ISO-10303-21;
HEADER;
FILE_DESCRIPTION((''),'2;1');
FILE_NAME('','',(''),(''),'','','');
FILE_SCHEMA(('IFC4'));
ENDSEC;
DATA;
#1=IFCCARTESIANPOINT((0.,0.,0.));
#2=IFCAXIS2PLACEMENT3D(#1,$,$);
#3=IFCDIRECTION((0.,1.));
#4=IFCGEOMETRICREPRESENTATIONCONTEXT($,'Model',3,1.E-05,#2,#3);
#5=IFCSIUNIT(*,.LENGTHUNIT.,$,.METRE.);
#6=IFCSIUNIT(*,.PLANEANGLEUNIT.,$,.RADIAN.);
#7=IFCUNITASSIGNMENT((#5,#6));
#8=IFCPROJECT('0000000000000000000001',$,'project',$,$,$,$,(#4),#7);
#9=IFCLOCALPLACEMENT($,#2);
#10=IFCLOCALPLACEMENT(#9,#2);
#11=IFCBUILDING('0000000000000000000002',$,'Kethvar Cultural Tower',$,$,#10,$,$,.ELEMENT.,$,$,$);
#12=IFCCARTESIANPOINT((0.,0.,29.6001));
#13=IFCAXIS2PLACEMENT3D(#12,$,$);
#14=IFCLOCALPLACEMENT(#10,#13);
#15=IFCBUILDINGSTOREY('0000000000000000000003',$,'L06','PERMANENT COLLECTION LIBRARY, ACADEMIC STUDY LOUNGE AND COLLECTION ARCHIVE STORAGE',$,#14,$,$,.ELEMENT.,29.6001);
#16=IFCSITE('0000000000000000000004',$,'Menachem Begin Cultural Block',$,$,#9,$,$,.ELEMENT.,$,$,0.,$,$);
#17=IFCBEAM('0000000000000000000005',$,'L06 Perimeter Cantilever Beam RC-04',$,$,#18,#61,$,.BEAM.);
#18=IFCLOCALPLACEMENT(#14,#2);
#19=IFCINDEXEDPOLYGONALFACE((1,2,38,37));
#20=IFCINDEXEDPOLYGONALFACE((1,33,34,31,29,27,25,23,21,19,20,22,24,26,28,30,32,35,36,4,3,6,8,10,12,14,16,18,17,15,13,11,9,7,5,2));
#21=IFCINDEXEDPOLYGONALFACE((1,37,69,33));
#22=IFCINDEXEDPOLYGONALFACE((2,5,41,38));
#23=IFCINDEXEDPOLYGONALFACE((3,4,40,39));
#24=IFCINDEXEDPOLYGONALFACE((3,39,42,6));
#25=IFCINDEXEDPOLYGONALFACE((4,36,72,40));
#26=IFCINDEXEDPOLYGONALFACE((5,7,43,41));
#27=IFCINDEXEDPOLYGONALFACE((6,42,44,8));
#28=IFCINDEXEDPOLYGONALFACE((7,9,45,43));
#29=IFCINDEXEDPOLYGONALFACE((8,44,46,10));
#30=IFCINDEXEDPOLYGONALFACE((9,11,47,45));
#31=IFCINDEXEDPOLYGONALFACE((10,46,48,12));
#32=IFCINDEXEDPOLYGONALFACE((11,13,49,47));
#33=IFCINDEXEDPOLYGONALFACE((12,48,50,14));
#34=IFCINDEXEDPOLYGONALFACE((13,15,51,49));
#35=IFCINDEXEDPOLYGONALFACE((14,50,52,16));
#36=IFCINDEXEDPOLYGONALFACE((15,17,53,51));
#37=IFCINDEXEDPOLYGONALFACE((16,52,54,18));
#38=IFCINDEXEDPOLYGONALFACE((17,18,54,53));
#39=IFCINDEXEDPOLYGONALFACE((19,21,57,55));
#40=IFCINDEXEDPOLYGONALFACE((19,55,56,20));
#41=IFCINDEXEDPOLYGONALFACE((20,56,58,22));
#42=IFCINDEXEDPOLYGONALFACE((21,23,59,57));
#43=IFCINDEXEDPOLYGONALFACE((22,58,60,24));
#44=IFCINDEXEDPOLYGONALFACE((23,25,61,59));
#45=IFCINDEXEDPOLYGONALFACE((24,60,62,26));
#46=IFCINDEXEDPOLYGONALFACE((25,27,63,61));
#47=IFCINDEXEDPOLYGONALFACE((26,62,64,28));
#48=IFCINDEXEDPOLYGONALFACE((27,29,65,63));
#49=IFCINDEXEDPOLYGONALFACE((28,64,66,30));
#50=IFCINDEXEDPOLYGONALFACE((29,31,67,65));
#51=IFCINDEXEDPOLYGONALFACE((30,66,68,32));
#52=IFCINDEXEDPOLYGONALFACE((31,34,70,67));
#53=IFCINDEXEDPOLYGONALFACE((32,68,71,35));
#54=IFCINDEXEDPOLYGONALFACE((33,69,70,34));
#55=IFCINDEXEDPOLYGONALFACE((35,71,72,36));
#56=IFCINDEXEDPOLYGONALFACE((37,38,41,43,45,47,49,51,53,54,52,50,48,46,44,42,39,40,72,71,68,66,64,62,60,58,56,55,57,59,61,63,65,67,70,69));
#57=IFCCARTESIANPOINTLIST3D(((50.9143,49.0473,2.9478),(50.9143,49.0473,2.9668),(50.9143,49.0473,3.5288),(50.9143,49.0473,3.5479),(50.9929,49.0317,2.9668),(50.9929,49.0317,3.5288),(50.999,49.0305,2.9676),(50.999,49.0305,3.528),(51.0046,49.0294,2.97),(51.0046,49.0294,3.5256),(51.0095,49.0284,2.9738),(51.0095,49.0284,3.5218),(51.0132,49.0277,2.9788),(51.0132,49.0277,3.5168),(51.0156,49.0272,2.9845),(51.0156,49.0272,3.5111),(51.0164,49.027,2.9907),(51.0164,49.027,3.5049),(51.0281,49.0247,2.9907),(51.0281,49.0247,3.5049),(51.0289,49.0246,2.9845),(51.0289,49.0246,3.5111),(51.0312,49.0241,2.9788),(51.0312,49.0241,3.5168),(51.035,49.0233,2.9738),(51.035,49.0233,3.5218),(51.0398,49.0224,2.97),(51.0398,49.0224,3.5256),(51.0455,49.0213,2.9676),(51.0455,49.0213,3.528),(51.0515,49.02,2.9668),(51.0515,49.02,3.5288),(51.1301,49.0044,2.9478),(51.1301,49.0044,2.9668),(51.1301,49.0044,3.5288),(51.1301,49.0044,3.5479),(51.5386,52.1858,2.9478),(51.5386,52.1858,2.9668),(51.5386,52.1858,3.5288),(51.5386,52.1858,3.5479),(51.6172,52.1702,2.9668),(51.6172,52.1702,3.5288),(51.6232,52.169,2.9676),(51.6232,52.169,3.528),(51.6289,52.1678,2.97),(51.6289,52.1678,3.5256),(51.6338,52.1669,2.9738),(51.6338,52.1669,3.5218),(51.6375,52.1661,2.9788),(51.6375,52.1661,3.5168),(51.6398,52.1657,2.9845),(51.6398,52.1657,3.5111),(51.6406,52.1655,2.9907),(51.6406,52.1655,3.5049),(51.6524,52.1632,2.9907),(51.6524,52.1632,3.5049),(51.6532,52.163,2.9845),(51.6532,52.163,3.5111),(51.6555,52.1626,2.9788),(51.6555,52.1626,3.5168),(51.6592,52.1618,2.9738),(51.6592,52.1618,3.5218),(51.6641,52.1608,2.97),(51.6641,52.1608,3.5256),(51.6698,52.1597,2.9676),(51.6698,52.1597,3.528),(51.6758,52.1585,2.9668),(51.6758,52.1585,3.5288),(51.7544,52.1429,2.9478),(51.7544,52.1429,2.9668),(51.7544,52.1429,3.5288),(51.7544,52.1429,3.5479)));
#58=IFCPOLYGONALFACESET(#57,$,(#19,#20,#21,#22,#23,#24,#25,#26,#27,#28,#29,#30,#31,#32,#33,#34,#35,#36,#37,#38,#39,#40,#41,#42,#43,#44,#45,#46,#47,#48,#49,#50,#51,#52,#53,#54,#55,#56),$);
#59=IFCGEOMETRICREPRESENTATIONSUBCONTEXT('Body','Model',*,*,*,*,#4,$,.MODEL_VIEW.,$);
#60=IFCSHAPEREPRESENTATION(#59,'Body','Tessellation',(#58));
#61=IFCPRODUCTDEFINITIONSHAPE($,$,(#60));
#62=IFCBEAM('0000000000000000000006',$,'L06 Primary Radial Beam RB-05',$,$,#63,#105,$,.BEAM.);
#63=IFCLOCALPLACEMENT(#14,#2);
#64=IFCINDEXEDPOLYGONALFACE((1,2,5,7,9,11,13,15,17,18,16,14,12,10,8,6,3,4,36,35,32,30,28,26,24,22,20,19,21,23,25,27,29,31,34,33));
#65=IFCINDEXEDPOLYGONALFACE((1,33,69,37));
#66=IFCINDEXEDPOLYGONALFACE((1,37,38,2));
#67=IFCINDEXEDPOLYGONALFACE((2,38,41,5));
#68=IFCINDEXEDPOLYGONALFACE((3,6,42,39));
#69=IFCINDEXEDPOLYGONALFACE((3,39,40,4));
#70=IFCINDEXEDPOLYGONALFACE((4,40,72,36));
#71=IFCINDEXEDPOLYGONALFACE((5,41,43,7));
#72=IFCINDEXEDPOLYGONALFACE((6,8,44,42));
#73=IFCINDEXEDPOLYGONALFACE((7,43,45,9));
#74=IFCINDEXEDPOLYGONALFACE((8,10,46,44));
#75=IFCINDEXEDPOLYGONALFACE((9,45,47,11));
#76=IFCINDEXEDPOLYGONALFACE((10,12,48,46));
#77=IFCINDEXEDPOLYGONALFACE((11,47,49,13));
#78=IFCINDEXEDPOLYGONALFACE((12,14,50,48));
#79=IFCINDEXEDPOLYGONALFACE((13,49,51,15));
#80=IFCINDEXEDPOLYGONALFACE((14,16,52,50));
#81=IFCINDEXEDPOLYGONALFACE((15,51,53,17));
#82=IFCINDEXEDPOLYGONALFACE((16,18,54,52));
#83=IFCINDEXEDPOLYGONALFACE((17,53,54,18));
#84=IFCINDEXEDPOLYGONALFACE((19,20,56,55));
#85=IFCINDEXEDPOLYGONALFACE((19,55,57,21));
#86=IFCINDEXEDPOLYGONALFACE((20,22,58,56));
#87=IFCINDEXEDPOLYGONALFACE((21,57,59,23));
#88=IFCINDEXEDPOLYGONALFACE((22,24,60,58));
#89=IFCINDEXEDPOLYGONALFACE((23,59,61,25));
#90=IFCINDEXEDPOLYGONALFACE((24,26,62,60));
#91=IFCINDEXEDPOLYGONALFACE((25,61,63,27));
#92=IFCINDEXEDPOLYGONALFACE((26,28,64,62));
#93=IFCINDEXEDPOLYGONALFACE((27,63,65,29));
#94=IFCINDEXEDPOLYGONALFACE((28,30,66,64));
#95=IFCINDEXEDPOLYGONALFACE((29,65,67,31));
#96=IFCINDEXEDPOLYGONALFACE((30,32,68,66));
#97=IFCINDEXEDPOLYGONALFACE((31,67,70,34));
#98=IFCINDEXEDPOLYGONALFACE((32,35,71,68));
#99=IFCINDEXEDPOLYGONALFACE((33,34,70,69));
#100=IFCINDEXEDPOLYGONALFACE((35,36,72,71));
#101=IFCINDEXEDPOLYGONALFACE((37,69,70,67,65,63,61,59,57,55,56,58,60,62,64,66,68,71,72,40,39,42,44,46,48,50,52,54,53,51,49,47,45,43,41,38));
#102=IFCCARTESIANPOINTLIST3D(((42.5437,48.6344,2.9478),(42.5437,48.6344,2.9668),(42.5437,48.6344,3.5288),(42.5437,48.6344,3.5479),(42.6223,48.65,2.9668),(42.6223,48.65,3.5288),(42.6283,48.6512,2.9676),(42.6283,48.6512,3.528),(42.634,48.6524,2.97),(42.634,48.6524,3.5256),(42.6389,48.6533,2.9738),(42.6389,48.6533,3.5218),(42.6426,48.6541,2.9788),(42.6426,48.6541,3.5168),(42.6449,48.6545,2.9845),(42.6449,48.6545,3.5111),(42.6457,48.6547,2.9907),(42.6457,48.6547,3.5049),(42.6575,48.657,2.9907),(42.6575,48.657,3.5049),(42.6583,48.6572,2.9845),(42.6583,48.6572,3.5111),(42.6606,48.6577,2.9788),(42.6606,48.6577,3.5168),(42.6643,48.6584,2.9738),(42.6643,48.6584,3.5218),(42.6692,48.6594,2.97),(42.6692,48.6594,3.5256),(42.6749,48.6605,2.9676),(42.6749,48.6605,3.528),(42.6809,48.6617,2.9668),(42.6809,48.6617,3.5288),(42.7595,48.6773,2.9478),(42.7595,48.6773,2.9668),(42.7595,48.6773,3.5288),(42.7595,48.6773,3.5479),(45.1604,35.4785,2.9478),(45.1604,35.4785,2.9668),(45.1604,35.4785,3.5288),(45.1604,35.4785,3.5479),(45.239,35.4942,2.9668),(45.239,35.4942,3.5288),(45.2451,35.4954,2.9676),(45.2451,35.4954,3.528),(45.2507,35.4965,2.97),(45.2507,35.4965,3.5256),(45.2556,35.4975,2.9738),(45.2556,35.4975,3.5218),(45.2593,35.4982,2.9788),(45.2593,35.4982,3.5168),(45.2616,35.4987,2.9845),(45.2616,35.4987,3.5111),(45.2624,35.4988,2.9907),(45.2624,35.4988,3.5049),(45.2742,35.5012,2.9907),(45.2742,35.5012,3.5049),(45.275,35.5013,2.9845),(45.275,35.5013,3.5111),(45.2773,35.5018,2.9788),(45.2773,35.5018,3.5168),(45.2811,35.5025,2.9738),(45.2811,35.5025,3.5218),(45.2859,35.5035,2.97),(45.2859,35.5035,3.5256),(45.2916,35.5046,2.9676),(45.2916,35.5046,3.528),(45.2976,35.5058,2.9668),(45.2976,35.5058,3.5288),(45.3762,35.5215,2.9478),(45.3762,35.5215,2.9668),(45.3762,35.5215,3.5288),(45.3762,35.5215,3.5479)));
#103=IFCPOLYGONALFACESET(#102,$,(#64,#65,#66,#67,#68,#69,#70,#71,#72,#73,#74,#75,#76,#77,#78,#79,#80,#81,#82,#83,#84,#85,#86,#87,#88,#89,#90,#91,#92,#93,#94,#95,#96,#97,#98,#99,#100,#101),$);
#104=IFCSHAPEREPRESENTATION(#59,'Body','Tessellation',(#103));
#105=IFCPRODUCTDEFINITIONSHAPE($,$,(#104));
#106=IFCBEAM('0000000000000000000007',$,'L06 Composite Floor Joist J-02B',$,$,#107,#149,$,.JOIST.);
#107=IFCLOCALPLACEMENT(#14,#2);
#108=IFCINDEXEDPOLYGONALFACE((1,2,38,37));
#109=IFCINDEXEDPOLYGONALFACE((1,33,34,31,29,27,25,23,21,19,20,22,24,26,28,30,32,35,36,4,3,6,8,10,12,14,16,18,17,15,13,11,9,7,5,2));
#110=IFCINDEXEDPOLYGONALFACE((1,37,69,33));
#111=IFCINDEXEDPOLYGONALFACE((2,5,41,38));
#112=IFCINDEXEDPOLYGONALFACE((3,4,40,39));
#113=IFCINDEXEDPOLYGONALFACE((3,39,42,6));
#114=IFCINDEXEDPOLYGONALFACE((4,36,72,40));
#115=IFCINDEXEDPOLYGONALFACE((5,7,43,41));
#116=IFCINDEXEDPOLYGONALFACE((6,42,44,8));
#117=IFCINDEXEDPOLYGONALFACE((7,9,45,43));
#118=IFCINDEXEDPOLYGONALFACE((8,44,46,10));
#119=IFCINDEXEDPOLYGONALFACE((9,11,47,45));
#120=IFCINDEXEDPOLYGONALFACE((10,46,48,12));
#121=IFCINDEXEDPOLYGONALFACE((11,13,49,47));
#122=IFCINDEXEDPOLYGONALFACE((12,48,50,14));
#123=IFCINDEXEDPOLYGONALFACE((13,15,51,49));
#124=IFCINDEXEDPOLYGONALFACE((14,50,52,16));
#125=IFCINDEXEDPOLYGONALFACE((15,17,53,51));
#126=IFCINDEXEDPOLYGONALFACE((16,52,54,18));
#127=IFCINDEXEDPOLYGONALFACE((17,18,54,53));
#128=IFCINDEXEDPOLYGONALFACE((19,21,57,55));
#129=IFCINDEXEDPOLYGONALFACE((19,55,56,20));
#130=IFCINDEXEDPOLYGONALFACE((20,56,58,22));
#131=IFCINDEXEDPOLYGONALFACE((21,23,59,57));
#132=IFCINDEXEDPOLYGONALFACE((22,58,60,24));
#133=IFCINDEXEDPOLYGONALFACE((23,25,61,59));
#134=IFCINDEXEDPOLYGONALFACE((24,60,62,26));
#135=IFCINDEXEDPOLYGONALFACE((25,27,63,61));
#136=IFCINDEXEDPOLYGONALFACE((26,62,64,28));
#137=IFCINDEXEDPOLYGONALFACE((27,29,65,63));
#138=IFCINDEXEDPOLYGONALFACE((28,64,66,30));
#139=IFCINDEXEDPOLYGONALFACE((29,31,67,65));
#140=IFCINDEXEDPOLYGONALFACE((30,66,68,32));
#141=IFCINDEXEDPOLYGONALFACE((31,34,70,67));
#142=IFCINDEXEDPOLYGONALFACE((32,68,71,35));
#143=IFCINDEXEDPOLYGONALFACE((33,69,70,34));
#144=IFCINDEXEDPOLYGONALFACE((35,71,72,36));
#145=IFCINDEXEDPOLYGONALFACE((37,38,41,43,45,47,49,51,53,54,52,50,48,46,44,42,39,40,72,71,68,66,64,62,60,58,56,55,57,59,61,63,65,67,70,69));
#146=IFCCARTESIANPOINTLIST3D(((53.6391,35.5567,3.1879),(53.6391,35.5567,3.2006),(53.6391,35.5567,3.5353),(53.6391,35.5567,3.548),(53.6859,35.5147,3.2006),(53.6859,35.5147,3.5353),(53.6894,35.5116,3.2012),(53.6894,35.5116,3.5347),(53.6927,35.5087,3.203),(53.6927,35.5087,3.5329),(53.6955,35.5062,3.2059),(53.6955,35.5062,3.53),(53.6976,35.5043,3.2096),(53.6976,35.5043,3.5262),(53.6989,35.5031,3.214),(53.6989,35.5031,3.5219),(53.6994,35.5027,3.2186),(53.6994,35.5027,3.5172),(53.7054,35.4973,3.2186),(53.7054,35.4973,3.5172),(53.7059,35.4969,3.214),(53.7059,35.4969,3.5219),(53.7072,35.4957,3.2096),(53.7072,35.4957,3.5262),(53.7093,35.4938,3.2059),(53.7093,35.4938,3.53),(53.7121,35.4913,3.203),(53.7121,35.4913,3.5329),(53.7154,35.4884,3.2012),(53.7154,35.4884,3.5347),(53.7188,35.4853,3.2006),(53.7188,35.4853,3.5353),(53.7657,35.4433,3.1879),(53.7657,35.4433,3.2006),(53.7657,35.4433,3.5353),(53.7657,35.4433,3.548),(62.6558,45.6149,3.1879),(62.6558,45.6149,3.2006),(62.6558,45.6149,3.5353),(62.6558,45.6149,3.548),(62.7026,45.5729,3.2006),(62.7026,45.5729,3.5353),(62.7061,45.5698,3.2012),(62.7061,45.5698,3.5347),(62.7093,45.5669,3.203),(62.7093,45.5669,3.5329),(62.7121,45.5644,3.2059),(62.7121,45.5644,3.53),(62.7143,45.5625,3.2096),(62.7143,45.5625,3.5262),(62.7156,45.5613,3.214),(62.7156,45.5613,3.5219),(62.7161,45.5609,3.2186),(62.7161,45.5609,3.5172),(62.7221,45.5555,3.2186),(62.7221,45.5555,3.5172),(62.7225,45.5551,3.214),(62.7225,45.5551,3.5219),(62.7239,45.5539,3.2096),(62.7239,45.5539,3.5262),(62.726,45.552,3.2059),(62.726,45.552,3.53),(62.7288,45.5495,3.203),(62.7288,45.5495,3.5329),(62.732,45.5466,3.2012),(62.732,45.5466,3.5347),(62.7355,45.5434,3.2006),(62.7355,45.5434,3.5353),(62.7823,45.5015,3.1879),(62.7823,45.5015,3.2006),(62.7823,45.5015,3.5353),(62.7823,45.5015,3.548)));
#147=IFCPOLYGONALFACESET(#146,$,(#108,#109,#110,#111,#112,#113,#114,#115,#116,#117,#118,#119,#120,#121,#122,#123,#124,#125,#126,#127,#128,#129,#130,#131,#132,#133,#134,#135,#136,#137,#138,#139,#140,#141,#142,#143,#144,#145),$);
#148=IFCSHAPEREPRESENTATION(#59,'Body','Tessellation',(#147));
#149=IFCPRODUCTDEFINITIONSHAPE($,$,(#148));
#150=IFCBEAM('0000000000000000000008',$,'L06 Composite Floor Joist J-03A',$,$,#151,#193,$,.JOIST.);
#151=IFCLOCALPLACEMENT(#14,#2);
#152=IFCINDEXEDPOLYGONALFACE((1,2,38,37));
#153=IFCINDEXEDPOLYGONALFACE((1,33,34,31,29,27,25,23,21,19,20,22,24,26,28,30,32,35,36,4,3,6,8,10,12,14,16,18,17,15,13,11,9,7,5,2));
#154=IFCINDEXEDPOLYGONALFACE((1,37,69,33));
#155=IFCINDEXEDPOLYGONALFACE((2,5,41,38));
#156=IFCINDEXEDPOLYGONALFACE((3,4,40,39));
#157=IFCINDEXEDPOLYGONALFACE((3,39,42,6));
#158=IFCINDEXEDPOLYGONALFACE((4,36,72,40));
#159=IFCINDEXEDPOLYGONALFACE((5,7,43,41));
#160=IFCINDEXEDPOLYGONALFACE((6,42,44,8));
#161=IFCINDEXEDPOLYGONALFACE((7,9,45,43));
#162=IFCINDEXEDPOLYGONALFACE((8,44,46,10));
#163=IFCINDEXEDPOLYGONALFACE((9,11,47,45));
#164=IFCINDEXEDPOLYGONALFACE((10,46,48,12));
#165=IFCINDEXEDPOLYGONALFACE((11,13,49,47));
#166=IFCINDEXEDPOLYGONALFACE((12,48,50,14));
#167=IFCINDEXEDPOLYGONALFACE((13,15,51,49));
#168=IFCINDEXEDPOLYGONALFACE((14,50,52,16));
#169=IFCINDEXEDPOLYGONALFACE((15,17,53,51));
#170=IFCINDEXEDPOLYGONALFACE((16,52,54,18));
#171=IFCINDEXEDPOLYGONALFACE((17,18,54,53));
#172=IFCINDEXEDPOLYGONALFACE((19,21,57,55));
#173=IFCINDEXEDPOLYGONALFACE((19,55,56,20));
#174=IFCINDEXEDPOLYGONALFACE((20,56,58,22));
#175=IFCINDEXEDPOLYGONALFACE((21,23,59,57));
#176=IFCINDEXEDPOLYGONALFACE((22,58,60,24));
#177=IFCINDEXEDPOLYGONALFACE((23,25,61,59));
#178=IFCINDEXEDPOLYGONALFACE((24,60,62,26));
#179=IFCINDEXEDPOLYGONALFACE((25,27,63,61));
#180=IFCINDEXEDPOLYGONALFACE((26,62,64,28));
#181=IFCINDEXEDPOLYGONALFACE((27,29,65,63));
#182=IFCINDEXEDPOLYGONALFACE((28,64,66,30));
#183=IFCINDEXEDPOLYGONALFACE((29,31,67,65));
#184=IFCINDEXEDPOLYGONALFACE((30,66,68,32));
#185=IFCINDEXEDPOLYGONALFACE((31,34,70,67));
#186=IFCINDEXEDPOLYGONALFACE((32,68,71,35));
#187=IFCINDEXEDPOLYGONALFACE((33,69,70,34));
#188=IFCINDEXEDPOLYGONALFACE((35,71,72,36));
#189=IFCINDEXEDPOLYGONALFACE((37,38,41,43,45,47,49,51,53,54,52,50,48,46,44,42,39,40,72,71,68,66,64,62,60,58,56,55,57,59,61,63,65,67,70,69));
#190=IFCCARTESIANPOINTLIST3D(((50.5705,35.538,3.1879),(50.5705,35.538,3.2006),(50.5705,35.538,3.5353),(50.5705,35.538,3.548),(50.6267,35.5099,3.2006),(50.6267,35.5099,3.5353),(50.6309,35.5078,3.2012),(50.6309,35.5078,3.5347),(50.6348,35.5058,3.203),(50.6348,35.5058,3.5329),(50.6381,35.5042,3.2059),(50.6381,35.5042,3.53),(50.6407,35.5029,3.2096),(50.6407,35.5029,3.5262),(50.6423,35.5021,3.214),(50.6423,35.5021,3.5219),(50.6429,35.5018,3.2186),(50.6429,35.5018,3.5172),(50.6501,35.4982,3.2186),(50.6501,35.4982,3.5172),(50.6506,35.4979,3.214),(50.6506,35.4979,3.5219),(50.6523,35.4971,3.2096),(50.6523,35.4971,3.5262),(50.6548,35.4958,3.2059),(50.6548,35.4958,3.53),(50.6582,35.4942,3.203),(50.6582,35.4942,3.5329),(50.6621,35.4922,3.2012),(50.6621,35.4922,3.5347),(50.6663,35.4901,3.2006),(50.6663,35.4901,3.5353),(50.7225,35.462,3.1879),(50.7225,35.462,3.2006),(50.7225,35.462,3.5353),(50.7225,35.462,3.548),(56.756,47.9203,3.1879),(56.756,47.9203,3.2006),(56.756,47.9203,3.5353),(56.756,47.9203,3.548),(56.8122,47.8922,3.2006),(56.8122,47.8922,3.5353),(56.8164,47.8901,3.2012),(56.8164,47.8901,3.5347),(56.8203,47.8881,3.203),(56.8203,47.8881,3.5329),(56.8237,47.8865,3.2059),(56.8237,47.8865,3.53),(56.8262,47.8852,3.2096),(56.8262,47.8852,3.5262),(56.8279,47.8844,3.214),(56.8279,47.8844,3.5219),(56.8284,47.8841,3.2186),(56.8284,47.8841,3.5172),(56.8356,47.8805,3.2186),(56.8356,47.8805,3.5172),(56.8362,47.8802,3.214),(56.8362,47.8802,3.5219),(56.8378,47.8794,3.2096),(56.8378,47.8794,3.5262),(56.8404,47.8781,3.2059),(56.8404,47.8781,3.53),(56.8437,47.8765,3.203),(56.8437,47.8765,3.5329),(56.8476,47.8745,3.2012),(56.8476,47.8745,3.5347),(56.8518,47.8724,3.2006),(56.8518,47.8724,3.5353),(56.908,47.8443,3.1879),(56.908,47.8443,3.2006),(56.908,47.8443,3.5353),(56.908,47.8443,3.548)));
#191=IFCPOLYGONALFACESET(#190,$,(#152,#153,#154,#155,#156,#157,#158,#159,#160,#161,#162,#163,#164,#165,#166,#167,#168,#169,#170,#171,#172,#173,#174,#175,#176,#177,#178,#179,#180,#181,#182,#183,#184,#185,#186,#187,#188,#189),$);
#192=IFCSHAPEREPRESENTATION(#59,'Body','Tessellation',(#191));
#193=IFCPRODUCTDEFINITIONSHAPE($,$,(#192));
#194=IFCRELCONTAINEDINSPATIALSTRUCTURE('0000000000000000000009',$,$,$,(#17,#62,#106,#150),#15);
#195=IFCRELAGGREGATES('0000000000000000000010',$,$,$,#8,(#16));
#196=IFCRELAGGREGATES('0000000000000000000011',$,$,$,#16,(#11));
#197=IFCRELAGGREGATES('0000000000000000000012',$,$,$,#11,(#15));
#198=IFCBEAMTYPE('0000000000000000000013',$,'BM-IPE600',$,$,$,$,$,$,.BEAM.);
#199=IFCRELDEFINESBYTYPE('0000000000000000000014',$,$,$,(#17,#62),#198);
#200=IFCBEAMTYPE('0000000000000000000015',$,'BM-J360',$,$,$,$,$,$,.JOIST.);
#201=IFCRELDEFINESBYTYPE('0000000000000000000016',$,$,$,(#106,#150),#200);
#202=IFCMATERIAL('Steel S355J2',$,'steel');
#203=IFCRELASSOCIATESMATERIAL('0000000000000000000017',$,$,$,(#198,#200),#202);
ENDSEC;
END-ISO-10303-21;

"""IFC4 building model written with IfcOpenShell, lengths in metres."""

from ifc_helpers import new_model, si_unit, direction, frame, origin, origin_2d, place, context, subcontext, project, spatial, i_section, extrude, source, transform, mapped, material, material_profile, profile_set, type_object, element, save


model = new_model("IFC4")

# Units and contexts
model_context = context("Model", 3, precision=1e-05, world=origin(), true_north=direction((0.0, 1.0)))
body_context = subcontext(model_context, "Body", "Model", "MODEL_VIEW")
ifc_project = project(units=[si_unit("LENGTHUNIT", "METRE"), si_unit("PLANEANGLEUNIT", "RADIAN")], contexts=[model_context])

# Site, building, storey
site_placement = place(None, origin())
site = spatial("IfcSite", under=ifc_project, at=site_placement, Name="Menachem Begin Cultural Block", CompositionType="ELEMENT", RefElevation=0.0)
building_placement = place(site_placement, origin())
building = spatial("IfcBuilding", under=site, at=building_placement, Name="Kethvar Cultural Tower", CompositionType="ELEMENT")
storey_placement = place(building_placement, frame((0.0, 0.0, 29.6001)))
storey = spatial("IfcBuildingStorey", under=building, at=storey_placement, Name="L06", Description="PERMANENT COLLECTION LIBRARY, ACADEMIC STUDY LOUNGE AND COLLECTION ARCHIVE STORAGE", CompositionType="ELEMENT", Elevation=29.6001)

# Beams
ifc_material_1 = material(Name="Steel S355J2", Category="steel")
ifc_material_profile_1 = material_profile(ifc_material_1, i_section(OverallWidth=0.22, OverallDepth=0.6001, WebThickness=0.012, FlangeThickness=0.019, FilletRadius=0.0239, at=origin_2d()), Name="Steel S355J2 — IPE600")
ifc_profile_set_1 = profile_set([ifc_material_profile_1], Name="Steel S355J2 — IPE600")
beam_type_1 = type_object("IfcBeamType", Name="BM-IPE600", PredefinedType="BEAM", material=ifc_profile_set_1)
shared_shape_1 = source(origin(), body_context, "Body", "SweptSolid", [
    extrude(i_section(OverallWidth=0.22, OverallDepth=0.6001, WebThickness=0.012, FlangeThickness=0.019, FilletRadius=0.0239, at=origin_2d()), origin(), (0.0, 0.0, 1.0), 3.2),
])
beam_1_placement = place(storey_placement, frame((51.0222, 49.0259, 3.2478), z_axis=(0.195089, 0.980786, 0.0), x_axis=(-0.980786, 0.195089, 0.0)))
element("IfcBeam", 1, at=beam_1_placement, inside=storey, type_object=beam_type_1, Name="L06 Perimeter Cantilever Beam RC-04", PredefinedType="BEAM", context=body_context, shape_type="MappedRepresentation", body=[
    mapped(shared_shape_1, transform((0.0, 0.0, 0.0), scale=1.0)),
])
shared_shape_2 = source(origin(), body_context, "Body", "SweptSolid", [
    extrude(i_section(OverallWidth=0.22, OverallDepth=0.6001, WebThickness=0.012, FlangeThickness=0.019, FilletRadius=0.0239, at=origin_2d()), origin(), (0.0, 0.0, 1.0), 13.4136),
])
beam_2_placement = place(storey_placement, frame((45.2683, 35.5, 3.2478), z_axis=(-0.19508, 0.980787, 0.0), x_axis=(-0.980787, -0.19508, 0.0)))
element("IfcBeam", 2, at=beam_2_placement, inside=storey, type_object=beam_type_1, Name="L06 Primary Radial Beam RB-05", PredefinedType="BEAM", context=body_context, shape_type="MappedRepresentation", body=[
    mapped(shared_shape_2, transform((0.0, 0.0, 0.0), scale=1.0)),
])
ifc_material_profile_2 = material_profile(ifc_material_1, i_section(OverallWidth=0.1699, OverallDepth=0.3601, WebThickness=0.0081, FlangeThickness=0.0127, FilletRadius=0.0181, at=origin_2d()), Name="Steel S355J2 — IPE360")
ifc_profile_set_2 = profile_set([ifc_material_profile_2], Name="Steel S355J2 — IPE360")
beam_type_2 = type_object("IfcBeamType", Name="BM-J360", PredefinedType="JOIST", material=ifc_profile_set_2)
shared_shape_3 = source(origin(), body_context, "Body", "SweptSolid", [
    extrude(i_section(OverallWidth=0.1699, OverallDepth=0.3601, WebThickness=0.0081, FlangeThickness=0.0127, FilletRadius=0.0181, at=origin_2d()), origin(), (0.0, 0.0, 1.0), 13.5081),
])
beam_3_placement = place(storey_placement, frame((53.7024, 35.5, 3.3679), z_axis=(0.667504, 0.744607, 0.0), x_axis=(-0.744607, 0.667504, 0.0)))
element("IfcBeam", 3, at=beam_3_placement, inside=storey, type_object=beam_type_2, Name="L06 Composite Floor Joist J-02B", PredefinedType="JOIST", context=body_context, shape_type="MappedRepresentation", body=[
    mapped(shared_shape_3, transform((0.0, 0.0, 0.0), scale=1.0)),
])
shared_shape_4 = source(origin(), body_context, "Body", "SweptSolid", [
    extrude(i_section(OverallWidth=0.1699, OverallDepth=0.3601, WebThickness=0.0081, FlangeThickness=0.0127, FilletRadius=0.0181, at=origin_2d()), origin(), (0.0, 0.0, 1.0), 13.8413),
])
beam_4_placement = place(storey_placement, frame((50.6465, 35.5, 3.3679), z_axis=(0.446889, 0.894589, 0.0), x_axis=(-0.894589, 0.446889, 0.0)))
element("IfcBeam", 4, at=beam_4_placement, inside=storey, type_object=beam_type_2, Name="L06 Composite Floor Joist J-03A", PredefinedType="JOIST", context=body_context, shape_type="MappedRepresentation", body=[
    mapped(shared_shape_4, transform((0.0, 0.0, 0.0), scale=1.0)),
])

save(model, "model.ifc")
